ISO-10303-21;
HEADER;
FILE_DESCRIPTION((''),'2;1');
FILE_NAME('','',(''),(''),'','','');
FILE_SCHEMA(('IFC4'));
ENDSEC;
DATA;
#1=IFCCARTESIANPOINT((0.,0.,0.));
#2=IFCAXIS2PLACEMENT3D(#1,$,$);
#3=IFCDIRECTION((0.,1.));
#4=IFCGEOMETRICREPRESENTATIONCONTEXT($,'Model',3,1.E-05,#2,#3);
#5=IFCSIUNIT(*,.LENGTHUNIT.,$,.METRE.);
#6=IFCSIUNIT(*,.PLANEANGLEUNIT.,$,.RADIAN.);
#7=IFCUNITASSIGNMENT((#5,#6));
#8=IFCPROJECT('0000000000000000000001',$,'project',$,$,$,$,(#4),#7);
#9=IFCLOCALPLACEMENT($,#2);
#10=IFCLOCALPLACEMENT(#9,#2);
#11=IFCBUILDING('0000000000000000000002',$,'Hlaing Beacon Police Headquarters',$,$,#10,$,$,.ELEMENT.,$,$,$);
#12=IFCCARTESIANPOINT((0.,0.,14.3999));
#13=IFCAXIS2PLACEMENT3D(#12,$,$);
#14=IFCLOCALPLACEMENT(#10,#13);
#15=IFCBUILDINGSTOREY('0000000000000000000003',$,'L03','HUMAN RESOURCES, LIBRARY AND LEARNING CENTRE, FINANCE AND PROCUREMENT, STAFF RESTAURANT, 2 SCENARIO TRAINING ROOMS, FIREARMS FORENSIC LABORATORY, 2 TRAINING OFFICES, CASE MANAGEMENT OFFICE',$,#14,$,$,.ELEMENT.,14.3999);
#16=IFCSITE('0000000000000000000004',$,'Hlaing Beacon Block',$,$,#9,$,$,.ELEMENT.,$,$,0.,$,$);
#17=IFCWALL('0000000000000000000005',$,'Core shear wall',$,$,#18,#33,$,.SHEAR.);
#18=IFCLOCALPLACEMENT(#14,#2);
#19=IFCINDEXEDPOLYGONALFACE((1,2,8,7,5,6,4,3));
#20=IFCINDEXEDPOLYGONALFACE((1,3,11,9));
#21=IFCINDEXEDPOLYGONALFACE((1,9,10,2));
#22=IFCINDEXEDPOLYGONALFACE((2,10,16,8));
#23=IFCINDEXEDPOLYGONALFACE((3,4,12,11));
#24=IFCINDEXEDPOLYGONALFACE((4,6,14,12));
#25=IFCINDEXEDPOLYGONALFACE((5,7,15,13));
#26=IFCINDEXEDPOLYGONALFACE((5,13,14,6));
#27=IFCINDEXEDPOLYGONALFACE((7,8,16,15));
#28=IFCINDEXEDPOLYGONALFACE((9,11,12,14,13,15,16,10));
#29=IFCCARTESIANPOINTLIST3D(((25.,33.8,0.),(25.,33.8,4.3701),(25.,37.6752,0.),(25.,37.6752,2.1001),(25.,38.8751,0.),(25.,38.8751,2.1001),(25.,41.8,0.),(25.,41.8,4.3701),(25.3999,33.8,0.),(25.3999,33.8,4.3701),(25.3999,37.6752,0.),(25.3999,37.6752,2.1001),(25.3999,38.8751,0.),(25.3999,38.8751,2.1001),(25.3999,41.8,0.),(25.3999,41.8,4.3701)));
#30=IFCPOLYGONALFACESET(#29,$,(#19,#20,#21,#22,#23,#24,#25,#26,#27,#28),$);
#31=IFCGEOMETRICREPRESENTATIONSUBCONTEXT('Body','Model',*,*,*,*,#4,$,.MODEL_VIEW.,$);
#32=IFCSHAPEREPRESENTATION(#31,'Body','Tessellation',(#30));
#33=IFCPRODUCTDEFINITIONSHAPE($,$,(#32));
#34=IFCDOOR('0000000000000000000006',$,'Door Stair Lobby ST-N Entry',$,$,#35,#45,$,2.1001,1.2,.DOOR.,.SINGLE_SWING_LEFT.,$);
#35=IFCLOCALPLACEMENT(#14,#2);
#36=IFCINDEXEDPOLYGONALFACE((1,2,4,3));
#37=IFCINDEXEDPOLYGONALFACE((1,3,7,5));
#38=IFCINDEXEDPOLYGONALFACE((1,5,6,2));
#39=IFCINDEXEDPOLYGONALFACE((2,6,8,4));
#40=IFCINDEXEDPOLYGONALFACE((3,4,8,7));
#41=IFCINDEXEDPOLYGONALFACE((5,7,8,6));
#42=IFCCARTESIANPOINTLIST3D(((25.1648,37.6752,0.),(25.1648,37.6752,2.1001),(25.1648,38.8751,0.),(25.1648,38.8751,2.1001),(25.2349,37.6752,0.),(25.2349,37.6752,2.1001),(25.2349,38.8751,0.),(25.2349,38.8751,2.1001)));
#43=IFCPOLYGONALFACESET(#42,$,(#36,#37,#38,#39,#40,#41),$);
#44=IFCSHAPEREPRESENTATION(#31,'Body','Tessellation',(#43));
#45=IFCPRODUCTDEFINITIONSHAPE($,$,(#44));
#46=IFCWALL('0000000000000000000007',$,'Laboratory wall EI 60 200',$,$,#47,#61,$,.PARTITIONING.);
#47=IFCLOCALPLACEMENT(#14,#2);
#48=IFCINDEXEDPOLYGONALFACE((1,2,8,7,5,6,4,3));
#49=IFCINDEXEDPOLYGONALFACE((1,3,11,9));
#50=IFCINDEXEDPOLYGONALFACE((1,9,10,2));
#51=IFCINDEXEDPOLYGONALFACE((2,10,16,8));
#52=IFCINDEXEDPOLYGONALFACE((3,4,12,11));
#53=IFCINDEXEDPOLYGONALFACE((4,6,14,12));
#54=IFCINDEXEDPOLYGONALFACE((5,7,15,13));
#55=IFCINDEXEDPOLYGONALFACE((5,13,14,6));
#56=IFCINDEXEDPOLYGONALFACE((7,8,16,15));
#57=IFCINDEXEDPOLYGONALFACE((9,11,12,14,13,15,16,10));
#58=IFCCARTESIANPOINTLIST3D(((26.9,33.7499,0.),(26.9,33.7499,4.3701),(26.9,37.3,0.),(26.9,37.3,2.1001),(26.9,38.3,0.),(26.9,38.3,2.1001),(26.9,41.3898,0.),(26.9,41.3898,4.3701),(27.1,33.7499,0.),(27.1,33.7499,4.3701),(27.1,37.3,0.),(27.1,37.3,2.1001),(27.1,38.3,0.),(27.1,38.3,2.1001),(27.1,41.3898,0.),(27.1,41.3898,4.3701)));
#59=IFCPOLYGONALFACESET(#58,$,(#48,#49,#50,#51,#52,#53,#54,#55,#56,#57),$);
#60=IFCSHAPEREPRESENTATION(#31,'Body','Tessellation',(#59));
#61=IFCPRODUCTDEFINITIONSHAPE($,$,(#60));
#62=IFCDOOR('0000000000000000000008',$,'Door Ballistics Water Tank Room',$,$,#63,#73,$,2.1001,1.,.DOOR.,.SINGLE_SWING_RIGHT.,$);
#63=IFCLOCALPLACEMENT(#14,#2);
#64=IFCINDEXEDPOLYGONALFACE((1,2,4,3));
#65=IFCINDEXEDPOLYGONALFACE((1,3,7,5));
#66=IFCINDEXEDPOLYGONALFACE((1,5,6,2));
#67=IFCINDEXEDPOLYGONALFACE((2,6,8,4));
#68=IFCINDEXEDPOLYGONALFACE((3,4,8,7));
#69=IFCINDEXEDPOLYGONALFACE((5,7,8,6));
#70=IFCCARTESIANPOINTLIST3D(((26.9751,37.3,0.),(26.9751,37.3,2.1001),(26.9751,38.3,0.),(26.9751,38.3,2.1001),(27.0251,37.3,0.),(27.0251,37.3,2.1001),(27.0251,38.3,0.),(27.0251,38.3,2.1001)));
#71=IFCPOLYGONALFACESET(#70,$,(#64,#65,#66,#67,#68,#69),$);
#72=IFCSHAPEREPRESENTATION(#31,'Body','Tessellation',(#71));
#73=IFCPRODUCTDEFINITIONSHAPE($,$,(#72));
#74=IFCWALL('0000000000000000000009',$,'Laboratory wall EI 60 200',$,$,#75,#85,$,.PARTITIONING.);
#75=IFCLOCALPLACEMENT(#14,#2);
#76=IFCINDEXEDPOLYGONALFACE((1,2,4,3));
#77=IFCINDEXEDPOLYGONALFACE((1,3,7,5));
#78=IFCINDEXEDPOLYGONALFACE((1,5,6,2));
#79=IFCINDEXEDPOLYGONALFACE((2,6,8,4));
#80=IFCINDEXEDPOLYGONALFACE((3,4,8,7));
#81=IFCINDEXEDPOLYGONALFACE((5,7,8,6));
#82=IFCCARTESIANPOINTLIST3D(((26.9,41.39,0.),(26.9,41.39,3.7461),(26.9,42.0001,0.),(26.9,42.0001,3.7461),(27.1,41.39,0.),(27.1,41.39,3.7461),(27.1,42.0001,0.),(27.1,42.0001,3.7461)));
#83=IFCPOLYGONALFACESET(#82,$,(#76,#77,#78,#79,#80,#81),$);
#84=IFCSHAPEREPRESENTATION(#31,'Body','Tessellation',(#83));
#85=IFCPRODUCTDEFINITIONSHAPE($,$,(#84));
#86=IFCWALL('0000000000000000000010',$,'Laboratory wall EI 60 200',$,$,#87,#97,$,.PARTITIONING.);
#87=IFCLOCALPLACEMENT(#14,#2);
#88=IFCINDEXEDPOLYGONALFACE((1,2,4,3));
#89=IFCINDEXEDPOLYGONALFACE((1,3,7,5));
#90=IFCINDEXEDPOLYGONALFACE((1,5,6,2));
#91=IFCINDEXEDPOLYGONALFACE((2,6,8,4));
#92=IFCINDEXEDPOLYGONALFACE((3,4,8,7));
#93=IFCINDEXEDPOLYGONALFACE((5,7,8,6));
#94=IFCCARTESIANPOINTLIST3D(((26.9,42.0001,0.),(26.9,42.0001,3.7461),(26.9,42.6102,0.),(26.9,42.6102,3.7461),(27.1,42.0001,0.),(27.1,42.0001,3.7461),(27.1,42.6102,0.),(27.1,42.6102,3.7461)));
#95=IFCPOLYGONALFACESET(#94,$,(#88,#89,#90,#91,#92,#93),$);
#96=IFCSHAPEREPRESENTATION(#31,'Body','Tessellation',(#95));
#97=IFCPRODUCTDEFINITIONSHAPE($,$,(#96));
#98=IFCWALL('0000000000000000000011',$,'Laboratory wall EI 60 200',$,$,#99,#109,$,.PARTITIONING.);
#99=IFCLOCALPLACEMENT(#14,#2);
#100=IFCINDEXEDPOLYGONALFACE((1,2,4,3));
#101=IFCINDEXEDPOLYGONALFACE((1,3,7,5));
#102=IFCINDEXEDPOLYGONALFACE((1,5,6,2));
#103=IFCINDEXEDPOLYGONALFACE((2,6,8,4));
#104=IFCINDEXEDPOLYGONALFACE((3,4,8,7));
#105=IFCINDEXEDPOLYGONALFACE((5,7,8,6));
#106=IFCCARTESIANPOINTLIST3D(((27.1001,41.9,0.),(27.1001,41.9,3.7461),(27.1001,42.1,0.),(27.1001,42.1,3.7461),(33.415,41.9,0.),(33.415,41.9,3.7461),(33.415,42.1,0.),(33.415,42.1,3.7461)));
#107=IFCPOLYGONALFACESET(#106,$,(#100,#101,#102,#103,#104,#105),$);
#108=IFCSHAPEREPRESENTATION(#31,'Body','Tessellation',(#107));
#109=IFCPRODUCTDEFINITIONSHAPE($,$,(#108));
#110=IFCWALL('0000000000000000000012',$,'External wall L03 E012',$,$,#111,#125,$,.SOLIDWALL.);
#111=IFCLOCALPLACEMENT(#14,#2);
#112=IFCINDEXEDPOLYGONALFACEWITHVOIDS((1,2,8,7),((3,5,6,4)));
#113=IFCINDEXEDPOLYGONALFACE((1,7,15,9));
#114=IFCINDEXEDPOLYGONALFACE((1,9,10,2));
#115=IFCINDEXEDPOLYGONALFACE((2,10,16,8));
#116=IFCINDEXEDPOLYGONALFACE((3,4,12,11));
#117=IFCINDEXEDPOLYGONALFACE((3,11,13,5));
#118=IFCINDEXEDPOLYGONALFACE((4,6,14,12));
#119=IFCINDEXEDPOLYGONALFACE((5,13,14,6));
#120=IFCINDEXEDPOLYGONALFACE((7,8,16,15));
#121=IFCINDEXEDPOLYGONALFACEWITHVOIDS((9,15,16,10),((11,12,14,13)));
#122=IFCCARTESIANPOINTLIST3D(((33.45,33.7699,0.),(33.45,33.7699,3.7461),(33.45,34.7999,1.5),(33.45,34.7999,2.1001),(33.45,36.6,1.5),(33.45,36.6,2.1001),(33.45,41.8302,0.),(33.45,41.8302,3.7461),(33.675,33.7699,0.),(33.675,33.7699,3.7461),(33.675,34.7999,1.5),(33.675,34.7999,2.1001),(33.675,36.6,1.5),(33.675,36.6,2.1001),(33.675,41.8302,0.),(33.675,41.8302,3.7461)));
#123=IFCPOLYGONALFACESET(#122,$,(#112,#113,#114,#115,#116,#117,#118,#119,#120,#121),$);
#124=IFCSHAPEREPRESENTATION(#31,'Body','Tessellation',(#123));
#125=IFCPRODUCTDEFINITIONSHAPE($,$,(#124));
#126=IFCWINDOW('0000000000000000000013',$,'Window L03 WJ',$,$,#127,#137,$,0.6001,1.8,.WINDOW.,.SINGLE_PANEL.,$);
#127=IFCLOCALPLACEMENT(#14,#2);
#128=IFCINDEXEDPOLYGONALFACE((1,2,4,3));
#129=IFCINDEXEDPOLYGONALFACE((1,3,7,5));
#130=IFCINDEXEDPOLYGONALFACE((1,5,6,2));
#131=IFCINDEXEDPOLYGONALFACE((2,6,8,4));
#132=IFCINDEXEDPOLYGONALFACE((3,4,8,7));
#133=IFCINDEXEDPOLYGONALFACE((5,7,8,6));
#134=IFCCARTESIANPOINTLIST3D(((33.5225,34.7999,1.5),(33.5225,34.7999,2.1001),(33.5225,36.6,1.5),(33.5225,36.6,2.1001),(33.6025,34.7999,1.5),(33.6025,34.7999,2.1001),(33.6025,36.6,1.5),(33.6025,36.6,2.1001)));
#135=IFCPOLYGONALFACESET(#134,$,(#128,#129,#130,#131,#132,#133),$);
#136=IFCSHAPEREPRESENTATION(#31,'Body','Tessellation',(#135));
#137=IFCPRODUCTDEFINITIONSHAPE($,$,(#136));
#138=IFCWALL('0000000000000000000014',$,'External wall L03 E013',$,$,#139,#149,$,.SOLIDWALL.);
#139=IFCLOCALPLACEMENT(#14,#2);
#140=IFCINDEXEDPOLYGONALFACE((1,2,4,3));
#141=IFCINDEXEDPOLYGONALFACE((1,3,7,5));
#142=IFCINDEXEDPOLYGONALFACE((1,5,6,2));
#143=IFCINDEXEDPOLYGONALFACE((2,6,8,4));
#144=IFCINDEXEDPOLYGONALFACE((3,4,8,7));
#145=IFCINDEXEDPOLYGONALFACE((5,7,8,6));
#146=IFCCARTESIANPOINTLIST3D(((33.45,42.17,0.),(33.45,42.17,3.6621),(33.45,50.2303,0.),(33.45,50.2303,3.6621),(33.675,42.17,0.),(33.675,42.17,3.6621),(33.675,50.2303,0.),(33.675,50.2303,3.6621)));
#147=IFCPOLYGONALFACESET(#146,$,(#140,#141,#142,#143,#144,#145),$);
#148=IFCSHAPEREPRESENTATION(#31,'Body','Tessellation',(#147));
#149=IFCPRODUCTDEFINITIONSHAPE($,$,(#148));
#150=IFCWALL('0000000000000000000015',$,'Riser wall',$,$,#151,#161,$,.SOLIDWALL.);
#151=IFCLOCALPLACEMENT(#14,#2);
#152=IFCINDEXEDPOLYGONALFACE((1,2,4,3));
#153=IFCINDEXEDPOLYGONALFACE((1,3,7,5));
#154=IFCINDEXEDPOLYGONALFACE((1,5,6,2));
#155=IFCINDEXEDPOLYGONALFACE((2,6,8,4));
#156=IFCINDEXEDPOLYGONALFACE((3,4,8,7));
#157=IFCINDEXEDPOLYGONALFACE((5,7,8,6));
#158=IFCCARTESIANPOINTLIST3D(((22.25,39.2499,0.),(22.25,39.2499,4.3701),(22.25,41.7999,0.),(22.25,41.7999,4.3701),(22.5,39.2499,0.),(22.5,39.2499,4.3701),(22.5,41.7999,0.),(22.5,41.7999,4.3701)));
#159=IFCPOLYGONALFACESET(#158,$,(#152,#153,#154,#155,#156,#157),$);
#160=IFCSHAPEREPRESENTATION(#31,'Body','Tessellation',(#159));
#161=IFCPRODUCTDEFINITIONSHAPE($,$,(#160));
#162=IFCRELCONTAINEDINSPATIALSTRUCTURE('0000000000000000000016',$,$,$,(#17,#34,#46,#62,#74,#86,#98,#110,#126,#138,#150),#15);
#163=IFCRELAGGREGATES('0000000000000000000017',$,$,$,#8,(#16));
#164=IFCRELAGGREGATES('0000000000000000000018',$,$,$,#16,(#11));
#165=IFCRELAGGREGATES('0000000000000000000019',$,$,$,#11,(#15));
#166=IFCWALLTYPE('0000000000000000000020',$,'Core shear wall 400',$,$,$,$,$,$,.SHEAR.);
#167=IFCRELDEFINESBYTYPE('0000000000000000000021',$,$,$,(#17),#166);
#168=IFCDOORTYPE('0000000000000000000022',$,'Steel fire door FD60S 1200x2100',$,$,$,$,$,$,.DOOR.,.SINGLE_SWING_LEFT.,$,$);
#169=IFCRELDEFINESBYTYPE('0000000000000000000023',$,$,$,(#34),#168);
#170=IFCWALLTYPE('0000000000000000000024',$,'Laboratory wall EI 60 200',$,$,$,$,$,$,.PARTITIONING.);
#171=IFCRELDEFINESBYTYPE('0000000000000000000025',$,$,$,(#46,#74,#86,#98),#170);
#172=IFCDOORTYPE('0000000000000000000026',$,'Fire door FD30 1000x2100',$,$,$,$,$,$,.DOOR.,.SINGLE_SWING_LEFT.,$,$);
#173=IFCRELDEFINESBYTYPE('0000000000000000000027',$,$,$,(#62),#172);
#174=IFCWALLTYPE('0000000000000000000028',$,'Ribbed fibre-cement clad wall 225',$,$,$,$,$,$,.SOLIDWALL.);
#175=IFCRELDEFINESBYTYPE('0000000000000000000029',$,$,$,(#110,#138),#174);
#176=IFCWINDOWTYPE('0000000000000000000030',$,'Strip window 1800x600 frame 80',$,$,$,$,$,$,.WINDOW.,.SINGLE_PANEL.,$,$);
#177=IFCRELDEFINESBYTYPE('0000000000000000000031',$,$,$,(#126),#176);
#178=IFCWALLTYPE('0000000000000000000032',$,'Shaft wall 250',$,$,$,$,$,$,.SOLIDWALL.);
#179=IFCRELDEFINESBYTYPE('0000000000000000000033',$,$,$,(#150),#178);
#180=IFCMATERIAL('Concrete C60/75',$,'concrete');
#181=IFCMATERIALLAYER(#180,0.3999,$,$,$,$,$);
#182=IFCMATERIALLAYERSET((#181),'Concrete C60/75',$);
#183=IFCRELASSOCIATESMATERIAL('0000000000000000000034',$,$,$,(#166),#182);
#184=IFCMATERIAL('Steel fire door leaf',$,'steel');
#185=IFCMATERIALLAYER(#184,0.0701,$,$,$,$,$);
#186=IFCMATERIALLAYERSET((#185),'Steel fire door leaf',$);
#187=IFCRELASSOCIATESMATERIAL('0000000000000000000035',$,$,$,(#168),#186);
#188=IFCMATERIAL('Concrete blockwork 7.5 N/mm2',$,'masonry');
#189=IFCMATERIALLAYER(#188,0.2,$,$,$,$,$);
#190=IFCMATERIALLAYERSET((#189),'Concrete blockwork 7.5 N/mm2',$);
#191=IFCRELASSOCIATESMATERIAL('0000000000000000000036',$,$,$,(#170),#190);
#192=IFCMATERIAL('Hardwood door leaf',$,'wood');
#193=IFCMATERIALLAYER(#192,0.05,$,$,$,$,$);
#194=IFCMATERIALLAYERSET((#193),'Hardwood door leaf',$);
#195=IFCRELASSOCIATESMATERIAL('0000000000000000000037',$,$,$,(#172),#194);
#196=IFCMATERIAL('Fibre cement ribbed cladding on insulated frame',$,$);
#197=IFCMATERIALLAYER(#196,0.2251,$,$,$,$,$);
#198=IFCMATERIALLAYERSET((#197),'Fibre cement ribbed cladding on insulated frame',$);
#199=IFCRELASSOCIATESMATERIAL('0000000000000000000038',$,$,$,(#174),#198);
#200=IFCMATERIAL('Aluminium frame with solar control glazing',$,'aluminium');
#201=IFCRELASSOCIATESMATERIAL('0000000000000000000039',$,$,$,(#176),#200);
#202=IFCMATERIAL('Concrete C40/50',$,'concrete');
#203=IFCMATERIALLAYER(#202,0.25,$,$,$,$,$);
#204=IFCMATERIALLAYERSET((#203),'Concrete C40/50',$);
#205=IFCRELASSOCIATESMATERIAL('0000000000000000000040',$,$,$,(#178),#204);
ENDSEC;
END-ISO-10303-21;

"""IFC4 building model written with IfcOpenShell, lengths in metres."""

from ifc_helpers import new_model, si_unit, direction, frame, frame_2d, origin, place, context, subcontext, project, spatial, rectangle, extrude, material, layer, layer_set, type_object, element, fill, save


model = new_model("IFC4")

# Units and contexts
model_context = context("Model", 3, precision=1e-05, world=origin(), true_north=direction((0.0, 1.0)))
body_context = subcontext(model_context, "Body", "Model", "MODEL_VIEW")
ifc_project = project(units=[si_unit("LENGTHUNIT", "METRE"), si_unit("PLANEANGLEUNIT", "RADIAN")], contexts=[model_context])

# Site, building, storey
site_placement = place(None, origin())
site = spatial("IfcSite", under=ifc_project, at=site_placement, Name="Hlaing Beacon Block", CompositionType="ELEMENT", RefElevation=0.0)
building_placement = place(site_placement, origin())
building = spatial("IfcBuilding", under=site, at=building_placement, Name="Hlaing Beacon Police Headquarters", CompositionType="ELEMENT")
storey_placement = place(building_placement, frame((0.0, 0.0, 14.3999)))
storey = spatial("IfcBuildingStorey", under=building, at=storey_placement, Name="L03", Description="HUMAN RESOURCES, LIBRARY AND LEARNING CENTRE, FINANCE AND PROCUREMENT, STAFF RESTAURANT, 2 SCENARIO TRAINING ROOMS, FIREARMS FORENSIC LABORATORY, 2 TRAINING OFFICES, CASE MANAGEMENT OFFICE", CompositionType="ELEMENT", Elevation=14.3999)

# Walls, openings, doors
ifc_material_1 = material(Name="Concrete C60/75", Category="concrete")
ifc_layer_1 = layer(ifc_material_1, 0.3999)
ifc_layer_set_1 = layer_set([ifc_layer_1], Name="Concrete C60/75")
wall_type_1 = type_object("IfcWallType", Name="Core shear wall 400", PredefinedType="SHEAR", material=ifc_layer_set_1)
wall_1_placement = place(storey_placement, frame((25.2, 33.8, 0.0), z_axis=(0.0, 0.0, 1.0), x_axis=(0.0, 1.0, 0.0)))
wall_1 = element("IfcWall", 1, at=wall_1_placement, inside=storey, type_object=wall_type_1, Name="Core shear wall", PredefinedType="SHEAR", context=body_context, shape_type="SweptSolid", body=[
    extrude(rectangle(XDim=8.0, YDim=0.3999, at=frame_2d((4.0, 0.0))), origin(), (0.0, 0.0, 1.0), 4.3701),
])
opening_1_placement = place(wall_1_placement, frame((3.875, 0.0, 0.0)))
opening_1 = element("IfcOpeningElement", 2, at=opening_1_placement, cuts=wall_1, PredefinedType="OPENING", context=body_context, shape_type="SweptSolid", body=[
    extrude(rectangle(XDim=1.2, YDim=2.1001, at=frame_2d((0.6001, 1.05))), frame((0.0, 0.21, 0.0), z_axis=(0.0, -1.0, 0.0), x_axis=(1.0, 0.0, 0.0)), (0.0, 0.0, 1.0), 0.4199),
])
ifc_material_2 = material(Name="Steel fire door leaf", Category="steel")
ifc_layer_2 = layer(ifc_material_2, 0.0701)
ifc_layer_set_2 = layer_set([ifc_layer_2], Name="Steel fire door leaf")
door_type_1 = type_object("IfcDoorType", Name="Steel fire door FD60S 1200x2100", OperationType="SINGLE_SWING_LEFT", PredefinedType="DOOR", material=ifc_layer_set_2)
door_1_placement = place(opening_1_placement, origin())
door_1 = element("IfcDoor", 3, at=door_1_placement, inside=storey, type_object=door_type_1, Name="Door Stair Lobby ST-N Entry", OperationType="SINGLE_SWING_LEFT", OverallHeight=2.1001, OverallWidth=1.2, PredefinedType="DOOR", context=body_context, shape_type="SweptSolid", body=[
    extrude(rectangle(XDim=1.2, YDim=2.1001, at=frame_2d((0.6001, 1.05))), frame((0.0, 0.0352, 0.0), z_axis=(0.0, -1.0, 0.0), x_axis=(1.0, 0.0, 0.0)), (0.0, 0.0, 1.0), 0.0701),
])
fill(opening_1, door_1)
ifc_material_3 = material(Name="Concrete blockwork 7.5 N/mm2", Category="masonry")
ifc_layer_3 = layer(ifc_material_3, 0.2)
ifc_layer_set_3 = layer_set([ifc_layer_3], Name="Concrete blockwork 7.5 N/mm2")
wall_type_2 = type_object("IfcWallType", Name="Laboratory wall EI 60 200", PredefinedType="PARTITIONING", material=ifc_layer_set_3)
wall_2_placement = place(storey_placement, frame((27.0, 33.75, 0.0), z_axis=(0.0, 0.0, 1.0), x_axis=(0.0, 1.0, 0.0)))
wall_2 = element("IfcWall", 4, at=wall_2_placement, inside=storey, type_object=wall_type_2, Name="Laboratory wall EI 60 200", PredefinedType="PARTITIONING", context=body_context, shape_type="SweptSolid", body=[
    extrude(rectangle(XDim=7.6399, YDim=0.2, at=frame_2d((3.8198, 0.0))), origin(), (0.0, 0.0, 1.0), 4.3701),
])
opening_2_placement = place(wall_2_placement, frame((3.55, 0.0, 0.0)))
opening_2 = element("IfcOpeningElement", 5, at=opening_2_placement, cuts=wall_2, PredefinedType="OPENING", context=body_context, shape_type="SweptSolid", body=[
    extrude(rectangle(XDim=1.0, YDim=2.1001, at=frame_2d((0.5, 1.05))), frame((0.0, 0.1099, 0.0), z_axis=(0.0, -1.0, 0.0), x_axis=(1.0, 0.0, 0.0)), (0.0, 0.0, 1.0), 0.22),
])
ifc_material_4 = material(Name="Hardwood door leaf", Category="wood")
ifc_layer_4 = layer(ifc_material_4, 0.05)
ifc_layer_set_4 = layer_set([ifc_layer_4], Name="Hardwood door leaf")
door_type_2 = type_object("IfcDoorType", Name="Fire door FD30 1000x2100", OperationType="SINGLE_SWING_LEFT", PredefinedType="DOOR", material=ifc_layer_set_4)
door_2_placement = place(opening_2_placement, frame((1.0, 0.0, 0.0), z_axis=(0.0, 0.0, 1.0), x_axis=(-1.0, 0.0, 0.0)))
door_2 = element("IfcDoor", 6, at=door_2_placement, inside=storey, type_object=door_type_2, Name="Door Ballistics Water Tank Room", OperationType="SINGLE_SWING_RIGHT", OverallHeight=2.1001, OverallWidth=1.0, PredefinedType="DOOR", context=body_context, shape_type="SweptSolid", body=[
    extrude(rectangle(XDim=1.0, YDim=2.1001, at=frame_2d((0.5, 1.05))), frame((0.0, 0.0251, 0.0), z_axis=(0.0, -1.0, 0.0), x_axis=(1.0, 0.0, 0.0)), (0.0, 0.0, 1.0), 0.05),
])
fill(opening_2, door_2)

# Walls
for number, where, z_axis, x_axis, name in (
    (7, (27.0, 41.3899, 0.0), (0.0, 0.0, 1.0), (0.0, 1.0, 0.0), "Laboratory wall EI 60 200"),
    (8, (27.0, 42.0, 0.0), (0.0, 0.0, 1.0), (0.0, 1.0, 0.0), "Laboratory wall EI 60 200"),
):
    element("IfcWall", number, at=place(storey_placement, frame(where, z_axis=z_axis, x_axis=x_axis)), inside=storey, type_object=wall_type_2, Name=name, PredefinedType="PARTITIONING", context=body_context, shape_type="SweptSolid", body=[
        extrude(rectangle(XDim=0.6101, YDim=0.2, at=frame_2d((0.3052, 0.0))), origin(), (0.0, 0.0, 1.0), 3.7461),
    ])
wall_3_placement = place(storey_placement, frame((27.1001, 42.0, 0.0), z_axis=(0.0, 0.0, 1.0), x_axis=(1.0, 0.0, 0.0)))
element("IfcWall", 9, at=wall_3_placement, inside=storey, type_object=wall_type_2, Name="Laboratory wall EI 60 200", PredefinedType="PARTITIONING", context=body_context, shape_type="SweptSolid", body=[
    extrude(rectangle(XDim=6.3149, YDim=0.2, at=frame_2d((3.1575, 0.0))), origin(), (0.0, 0.0, 1.0), 3.7461),
])

# Wall, opening, window
ifc_material_5 = material(Name="Fibre cement ribbed cladding on insulated frame")
ifc_layer_5 = layer(ifc_material_5, 0.2251)
ifc_layer_set_5 = layer_set([ifc_layer_5], Name="Fibre cement ribbed cladding on insulated frame")
wall_type_3 = type_object("IfcWallType", Name="Ribbed fibre-cement clad wall 225", PredefinedType="SOLIDWALL", material=ifc_layer_set_5)
wall_4_placement = place(storey_placement, frame((33.5625, 33.7698, 0.0), z_axis=(0.0, 0.0, 1.0), x_axis=(0.0, 1.0, 0.0)))
wall_4 = element("IfcWall", 10, at=wall_4_placement, inside=storey, type_object=wall_type_3, Name="External wall L03 E012", PredefinedType="SOLIDWALL", context=body_context, shape_type="SweptSolid", body=[
    extrude(rectangle(XDim=8.0603, YDim=0.2251, at=frame_2d((4.0303, 0.0))), origin(), (0.0, 0.0, 1.0), 3.7461),
])
opening_3_placement = place(wall_4_placement, frame((1.0303, 0.0, 1.5)))
opening_3 = element("IfcOpeningElement", 11, at=opening_3_placement, cuts=wall_4, PredefinedType="OPENING", context=body_context, shape_type="SweptSolid", body=[
    extrude(rectangle(XDim=1.8, YDim=0.6001, at=frame_2d((0.8999, 0.3))), frame((0.0, 0.1226, 0.0), z_axis=(0.0, -1.0, 0.0), x_axis=(1.0, 0.0, 0.0)), (0.0, 0.0, 1.0), 0.2451),
])
ifc_material_6 = material(Name="Aluminium frame with solar control glazing", Category="aluminium")
window_type = type_object("IfcWindowType", Name="Strip window 1800x600 frame 80", PartitioningType="SINGLE_PANEL", PredefinedType="WINDOW", material=ifc_material_6)
window_placement = place(opening_3_placement, origin())
window = element("IfcWindow", 12, at=window_placement, inside=storey, type_object=window_type, Name="Window L03 WJ", OverallHeight=0.6001, OverallWidth=1.8, PartitioningType="SINGLE_PANEL", PredefinedType="WINDOW", context=body_context, shape_type="SweptSolid", body=[
    extrude(rectangle(XDim=1.8, YDim=0.6001, at=frame_2d((0.8999, 0.3))), frame((0.0, 0.04, 0.0), z_axis=(0.0, -1.0, 0.0), x_axis=(1.0, 0.0, 0.0)), (0.0, 0.0, 1.0), 0.0801),
])
fill(opening_3, window)

# Walls
wall_5_placement = place(storey_placement, frame((33.5625, 42.1699, 0.0), z_axis=(0.0, 0.0, 1.0), x_axis=(0.0, 1.0, 0.0)))
element("IfcWall", 13, at=wall_5_placement, inside=storey, type_object=wall_type_3, Name="External wall L03 E013", PredefinedType="SOLIDWALL", context=body_context, shape_type="SweptSolid", body=[
    extrude(rectangle(XDim=8.0603, YDim=0.2251, at=frame_2d((4.0303, 0.0))), origin(), (0.0, 0.0, 1.0), 3.6621),
])
ifc_material_7 = material(Name="Concrete C40/50", Category="concrete")
ifc_layer_6 = layer(ifc_material_7, 0.25)
ifc_layer_set_6 = layer_set([ifc_layer_6], Name="Concrete C40/50")
wall_type_4 = type_object("IfcWallType", Name="Shaft wall 250", PredefinedType="SOLIDWALL", material=ifc_layer_set_6)
wall_6_placement = place(storey_placement, frame((22.375, 39.25, 0.0), z_axis=(0.0, 0.0, 1.0), x_axis=(0.0, 1.0, 0.0)))
element("IfcWall", 14, at=wall_6_placement, inside=storey, type_object=wall_type_4, Name="Riser wall", PredefinedType="SOLIDWALL", context=body_context, shape_type="SweptSolid", body=[
    extrude(rectangle(XDim=2.55, YDim=0.25, at=frame_2d((1.2749, 0.0))), origin(), (0.0, 0.0, 1.0), 4.3701),
])

save(model, "model.ifc")
